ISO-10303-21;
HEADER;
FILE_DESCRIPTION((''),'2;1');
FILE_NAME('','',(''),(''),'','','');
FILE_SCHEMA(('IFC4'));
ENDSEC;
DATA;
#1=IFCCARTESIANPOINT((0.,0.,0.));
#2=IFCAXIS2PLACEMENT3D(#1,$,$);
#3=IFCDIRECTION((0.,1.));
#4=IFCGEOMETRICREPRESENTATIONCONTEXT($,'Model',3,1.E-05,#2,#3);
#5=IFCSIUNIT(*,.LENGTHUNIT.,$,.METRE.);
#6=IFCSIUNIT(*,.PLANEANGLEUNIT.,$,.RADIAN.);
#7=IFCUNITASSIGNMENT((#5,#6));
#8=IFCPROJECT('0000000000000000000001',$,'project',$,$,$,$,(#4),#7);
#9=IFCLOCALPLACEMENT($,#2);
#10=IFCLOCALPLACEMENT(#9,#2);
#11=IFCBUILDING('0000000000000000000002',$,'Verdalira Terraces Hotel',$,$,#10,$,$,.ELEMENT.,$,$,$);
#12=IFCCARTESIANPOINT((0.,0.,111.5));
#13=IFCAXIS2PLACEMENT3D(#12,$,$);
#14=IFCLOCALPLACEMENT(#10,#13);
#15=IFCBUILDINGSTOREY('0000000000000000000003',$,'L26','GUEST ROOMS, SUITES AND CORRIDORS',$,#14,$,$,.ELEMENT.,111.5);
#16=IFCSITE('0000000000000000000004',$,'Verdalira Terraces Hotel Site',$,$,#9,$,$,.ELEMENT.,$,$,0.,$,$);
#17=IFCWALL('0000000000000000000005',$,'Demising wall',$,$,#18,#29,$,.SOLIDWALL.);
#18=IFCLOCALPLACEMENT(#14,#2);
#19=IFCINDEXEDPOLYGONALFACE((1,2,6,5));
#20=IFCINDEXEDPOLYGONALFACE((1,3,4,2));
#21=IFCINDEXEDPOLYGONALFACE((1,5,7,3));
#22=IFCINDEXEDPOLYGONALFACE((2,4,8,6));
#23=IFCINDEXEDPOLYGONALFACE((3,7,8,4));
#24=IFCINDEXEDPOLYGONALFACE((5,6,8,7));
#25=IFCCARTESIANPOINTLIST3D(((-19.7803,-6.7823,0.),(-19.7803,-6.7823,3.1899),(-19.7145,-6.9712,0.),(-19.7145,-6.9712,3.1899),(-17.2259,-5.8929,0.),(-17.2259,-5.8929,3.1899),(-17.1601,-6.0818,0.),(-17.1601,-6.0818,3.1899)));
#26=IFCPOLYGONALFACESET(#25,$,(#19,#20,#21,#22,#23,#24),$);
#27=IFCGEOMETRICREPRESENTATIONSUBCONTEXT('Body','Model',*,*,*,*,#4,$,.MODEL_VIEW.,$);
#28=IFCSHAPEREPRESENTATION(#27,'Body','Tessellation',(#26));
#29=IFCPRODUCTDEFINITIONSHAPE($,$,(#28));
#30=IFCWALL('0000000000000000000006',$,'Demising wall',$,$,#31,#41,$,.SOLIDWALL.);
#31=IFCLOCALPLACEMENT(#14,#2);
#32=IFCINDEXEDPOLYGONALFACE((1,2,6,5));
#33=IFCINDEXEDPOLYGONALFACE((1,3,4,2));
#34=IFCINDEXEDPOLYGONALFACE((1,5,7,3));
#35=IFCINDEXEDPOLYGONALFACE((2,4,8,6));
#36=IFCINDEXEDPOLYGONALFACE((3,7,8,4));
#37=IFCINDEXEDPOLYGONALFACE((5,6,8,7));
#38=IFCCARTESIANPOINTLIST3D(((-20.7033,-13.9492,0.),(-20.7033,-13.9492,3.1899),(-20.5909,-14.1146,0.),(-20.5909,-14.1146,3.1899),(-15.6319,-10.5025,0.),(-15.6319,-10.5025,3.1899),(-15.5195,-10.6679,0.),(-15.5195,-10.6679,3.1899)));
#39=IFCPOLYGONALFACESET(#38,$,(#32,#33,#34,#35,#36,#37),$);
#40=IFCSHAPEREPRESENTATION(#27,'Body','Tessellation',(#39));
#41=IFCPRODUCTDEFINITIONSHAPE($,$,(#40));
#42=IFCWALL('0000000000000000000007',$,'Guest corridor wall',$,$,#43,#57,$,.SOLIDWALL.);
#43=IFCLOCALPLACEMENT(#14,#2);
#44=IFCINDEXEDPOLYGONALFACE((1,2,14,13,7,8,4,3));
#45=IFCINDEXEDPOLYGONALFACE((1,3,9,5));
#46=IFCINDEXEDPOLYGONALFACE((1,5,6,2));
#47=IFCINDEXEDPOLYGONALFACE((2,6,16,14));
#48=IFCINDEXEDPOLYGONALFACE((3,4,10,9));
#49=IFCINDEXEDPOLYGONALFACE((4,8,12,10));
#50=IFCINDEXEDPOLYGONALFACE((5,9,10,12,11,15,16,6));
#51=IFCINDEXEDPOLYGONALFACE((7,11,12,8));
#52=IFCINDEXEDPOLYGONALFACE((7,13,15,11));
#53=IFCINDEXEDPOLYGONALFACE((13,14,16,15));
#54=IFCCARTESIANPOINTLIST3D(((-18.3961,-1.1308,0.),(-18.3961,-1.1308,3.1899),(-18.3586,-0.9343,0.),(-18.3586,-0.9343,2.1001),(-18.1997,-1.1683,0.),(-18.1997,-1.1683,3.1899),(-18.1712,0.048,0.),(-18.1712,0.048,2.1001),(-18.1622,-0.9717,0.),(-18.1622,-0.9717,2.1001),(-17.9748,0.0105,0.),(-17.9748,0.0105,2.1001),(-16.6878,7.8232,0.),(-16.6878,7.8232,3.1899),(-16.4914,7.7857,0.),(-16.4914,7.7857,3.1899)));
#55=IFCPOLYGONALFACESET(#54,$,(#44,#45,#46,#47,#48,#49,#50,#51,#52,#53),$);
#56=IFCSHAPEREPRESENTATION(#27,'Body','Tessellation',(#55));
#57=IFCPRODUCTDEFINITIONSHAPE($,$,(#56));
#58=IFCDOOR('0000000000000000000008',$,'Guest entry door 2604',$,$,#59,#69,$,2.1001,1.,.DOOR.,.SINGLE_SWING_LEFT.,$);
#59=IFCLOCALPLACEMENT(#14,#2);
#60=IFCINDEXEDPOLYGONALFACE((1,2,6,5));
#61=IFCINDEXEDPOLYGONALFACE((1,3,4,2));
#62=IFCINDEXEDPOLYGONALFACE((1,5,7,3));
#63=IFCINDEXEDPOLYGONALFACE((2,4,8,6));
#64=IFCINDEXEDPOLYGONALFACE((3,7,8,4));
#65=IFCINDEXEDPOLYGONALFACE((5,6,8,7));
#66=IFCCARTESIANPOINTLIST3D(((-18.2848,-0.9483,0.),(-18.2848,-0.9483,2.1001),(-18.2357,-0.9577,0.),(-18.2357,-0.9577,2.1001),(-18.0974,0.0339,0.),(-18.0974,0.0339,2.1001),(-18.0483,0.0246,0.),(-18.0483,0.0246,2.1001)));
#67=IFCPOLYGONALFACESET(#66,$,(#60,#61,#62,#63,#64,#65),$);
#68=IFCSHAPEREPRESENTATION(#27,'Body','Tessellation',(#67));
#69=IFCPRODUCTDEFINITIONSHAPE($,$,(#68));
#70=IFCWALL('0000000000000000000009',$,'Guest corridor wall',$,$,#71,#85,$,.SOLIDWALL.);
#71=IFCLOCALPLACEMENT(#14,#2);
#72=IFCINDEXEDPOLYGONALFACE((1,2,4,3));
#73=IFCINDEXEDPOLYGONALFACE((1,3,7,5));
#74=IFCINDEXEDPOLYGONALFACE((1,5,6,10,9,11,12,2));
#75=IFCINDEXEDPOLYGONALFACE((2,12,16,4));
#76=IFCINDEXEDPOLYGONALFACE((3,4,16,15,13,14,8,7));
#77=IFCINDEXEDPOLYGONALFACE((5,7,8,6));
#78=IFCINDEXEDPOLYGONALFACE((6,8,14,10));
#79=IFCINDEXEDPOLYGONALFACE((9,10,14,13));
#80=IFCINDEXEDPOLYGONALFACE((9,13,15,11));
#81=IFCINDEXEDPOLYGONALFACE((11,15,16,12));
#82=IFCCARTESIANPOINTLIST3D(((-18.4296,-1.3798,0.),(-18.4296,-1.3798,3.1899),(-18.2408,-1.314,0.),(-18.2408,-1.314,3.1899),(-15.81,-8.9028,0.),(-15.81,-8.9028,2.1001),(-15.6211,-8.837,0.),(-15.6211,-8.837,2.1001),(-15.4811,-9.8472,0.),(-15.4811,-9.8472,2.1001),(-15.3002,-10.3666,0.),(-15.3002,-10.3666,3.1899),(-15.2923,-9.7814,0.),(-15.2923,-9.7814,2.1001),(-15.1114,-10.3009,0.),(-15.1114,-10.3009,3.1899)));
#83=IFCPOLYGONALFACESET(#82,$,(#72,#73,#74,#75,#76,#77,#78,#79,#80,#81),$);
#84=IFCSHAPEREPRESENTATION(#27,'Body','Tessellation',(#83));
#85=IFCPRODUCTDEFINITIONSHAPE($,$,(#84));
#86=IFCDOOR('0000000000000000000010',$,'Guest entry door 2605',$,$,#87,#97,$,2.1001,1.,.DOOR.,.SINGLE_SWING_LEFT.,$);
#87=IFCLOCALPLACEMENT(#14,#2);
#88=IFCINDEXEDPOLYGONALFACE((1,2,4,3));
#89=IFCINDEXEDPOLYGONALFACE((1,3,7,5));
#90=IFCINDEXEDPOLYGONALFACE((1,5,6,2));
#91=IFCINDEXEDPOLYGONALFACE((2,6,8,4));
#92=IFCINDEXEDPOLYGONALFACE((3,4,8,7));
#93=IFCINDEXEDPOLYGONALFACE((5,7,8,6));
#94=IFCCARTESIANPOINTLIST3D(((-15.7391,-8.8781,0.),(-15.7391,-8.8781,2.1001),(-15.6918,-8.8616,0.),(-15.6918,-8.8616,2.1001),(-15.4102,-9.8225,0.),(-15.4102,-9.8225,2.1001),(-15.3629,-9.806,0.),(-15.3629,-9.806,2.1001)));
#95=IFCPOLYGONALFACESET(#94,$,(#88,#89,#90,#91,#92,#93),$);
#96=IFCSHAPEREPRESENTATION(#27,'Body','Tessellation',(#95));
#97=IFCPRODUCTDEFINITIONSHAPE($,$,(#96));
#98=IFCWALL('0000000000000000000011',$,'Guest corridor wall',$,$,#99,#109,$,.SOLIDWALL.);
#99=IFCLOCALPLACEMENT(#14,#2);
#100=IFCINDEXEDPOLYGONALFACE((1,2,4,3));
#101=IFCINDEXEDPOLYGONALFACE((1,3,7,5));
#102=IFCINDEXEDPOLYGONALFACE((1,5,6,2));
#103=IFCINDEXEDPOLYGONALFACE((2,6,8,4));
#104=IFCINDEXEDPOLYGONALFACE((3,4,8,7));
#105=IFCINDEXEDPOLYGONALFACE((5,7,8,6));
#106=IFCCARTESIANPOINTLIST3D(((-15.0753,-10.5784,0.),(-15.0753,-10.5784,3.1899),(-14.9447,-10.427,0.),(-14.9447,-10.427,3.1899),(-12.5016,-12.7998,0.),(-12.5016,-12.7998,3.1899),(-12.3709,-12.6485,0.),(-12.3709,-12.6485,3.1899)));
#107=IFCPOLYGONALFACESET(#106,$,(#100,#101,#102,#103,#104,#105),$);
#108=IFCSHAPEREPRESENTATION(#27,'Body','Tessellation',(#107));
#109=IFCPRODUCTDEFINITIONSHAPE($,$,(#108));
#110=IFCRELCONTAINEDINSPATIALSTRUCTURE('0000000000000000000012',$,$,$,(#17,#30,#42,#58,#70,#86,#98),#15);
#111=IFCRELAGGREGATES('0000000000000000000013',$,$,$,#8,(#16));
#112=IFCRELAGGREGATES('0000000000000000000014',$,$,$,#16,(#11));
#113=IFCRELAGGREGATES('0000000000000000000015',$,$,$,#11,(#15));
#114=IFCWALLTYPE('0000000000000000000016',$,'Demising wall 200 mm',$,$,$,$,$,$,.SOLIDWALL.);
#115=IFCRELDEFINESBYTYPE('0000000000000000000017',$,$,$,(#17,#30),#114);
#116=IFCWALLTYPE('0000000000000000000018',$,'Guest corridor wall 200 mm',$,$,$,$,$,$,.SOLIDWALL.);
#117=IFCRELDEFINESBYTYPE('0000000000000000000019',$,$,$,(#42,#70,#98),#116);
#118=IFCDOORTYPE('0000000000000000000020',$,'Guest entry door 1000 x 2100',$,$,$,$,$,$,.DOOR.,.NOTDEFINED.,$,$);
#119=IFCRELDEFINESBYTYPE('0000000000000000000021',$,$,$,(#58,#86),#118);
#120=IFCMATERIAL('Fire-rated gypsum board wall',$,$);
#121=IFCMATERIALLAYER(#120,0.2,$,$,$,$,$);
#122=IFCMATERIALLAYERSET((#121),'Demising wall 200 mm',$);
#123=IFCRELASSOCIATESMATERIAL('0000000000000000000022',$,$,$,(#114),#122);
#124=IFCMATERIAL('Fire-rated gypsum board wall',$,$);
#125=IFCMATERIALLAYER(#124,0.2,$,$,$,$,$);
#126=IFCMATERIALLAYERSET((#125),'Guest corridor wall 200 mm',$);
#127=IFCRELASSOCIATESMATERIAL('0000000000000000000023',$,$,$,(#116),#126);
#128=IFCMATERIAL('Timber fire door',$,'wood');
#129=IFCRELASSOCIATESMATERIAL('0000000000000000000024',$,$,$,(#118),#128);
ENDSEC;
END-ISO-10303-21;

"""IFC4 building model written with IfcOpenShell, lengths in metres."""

from ifc_helpers import new_model, si_unit, direction, frame, frame_2d, origin, place, context, subcontext, project, spatial, rectangle, extrude, material, layer, layer_set, type_object, element, fill, save


model = new_model("IFC4")

# Units and contexts
model_context = context("Model", 3, precision=1e-05, world=origin(), true_north=direction((0.0, 1.0)))
body_context = subcontext(model_context, "Body", "Model", "MODEL_VIEW")
ifc_project = project(units=[si_unit("LENGTHUNIT", "METRE"), si_unit("PLANEANGLEUNIT", "RADIAN")], contexts=[model_context])

# Site, building, storey
site_placement = place(None, origin())
site = spatial("IfcSite", under=ifc_project, at=site_placement, Name="Verdalira Terraces Hotel Site", CompositionType="ELEMENT", RefElevation=0.0)
building_placement = place(site_placement, origin())
building = spatial("IfcBuilding", under=site, at=building_placement, Name="Verdalira Terraces Hotel", CompositionType="ELEMENT")
storey_placement = place(building_placement, frame((0.0, 0.0, 111.5)))
storey = spatial("IfcBuildingStorey", under=building, at=storey_placement, Name="L26", Description="GUEST ROOMS, SUITES AND CORRIDORS", CompositionType="ELEMENT", Elevation=111.5)

# Walls
ifc_material_1 = material(Name="Fire-rated gypsum board wall")
ifc_layer_1 = layer(ifc_material_1, 0.2)
ifc_layer_set_1 = layer_set([ifc_layer_1], Name="Demising wall 200 mm")
wall_type_1 = type_object("IfcWallType", Name="Demising wall 200 mm", PredefinedType="SOLIDWALL", material=ifc_layer_set_1)
wall_1_placement = place(storey_placement, frame((-17.1929, -5.9873, 0.0), z_axis=(0.0, 0.0, 1.0), x_axis=(-0.944393, -0.328818, 0.0)))
element("IfcWall", 1, at=wall_1_placement, inside=storey, type_object=wall_type_1, Name="Demising wall", PredefinedType="SOLIDWALL", context=body_context, shape_type="SweptSolid", body=[
    extrude(rectangle(XDim=2.7048, YDim=0.2, at=frame_2d((1.3525, 0.0))), origin(), (0.0, 0.0, 1.0), 3.1899),
])
wall_2_placement = place(storey_placement, frame((-15.5757, -10.5852, 0.0), z_axis=(0.0, 0.0, 1.0), x_axis=(-0.827068, -0.562102, 0.0)))
element("IfcWall", 2, at=wall_2_placement, inside=storey, type_object=wall_type_1, Name="Demising wall", PredefinedType="SOLIDWALL", context=body_context, shape_type="SweptSolid", body=[
    extrude(rectangle(XDim=6.1318, YDim=0.2, at=frame_2d((3.0659, 0.0))), origin(), (0.0, 0.0, 1.0), 3.1899),
])

# Walls, openings, doors
ifc_material_2 = material(Name="Fire-rated gypsum board wall")
ifc_layer_2 = layer(ifc_material_2, 0.2)
ifc_layer_set_2 = layer_set([ifc_layer_2], Name="Guest corridor wall 200 mm")
wall_type_2 = type_object("IfcWallType", Name="Guest corridor wall 200 mm", PredefinedType="SOLIDWALL", material=ifc_layer_set_2)
wall_3_placement = place(storey_placement, frame((-18.2979, -1.1494, 0.0), z_axis=(0.0, 0.0, 1.0), x_axis=(0.187399, 0.982284, 0.0)))
wall_3 = element("IfcWall", 3, at=wall_3_placement, inside=storey, type_object=wall_type_2, Name="Guest corridor wall", PredefinedType="SOLIDWALL", context=body_context, shape_type="SweptSolid", body=[
    extrude(rectangle(XDim=9.1155, YDim=0.2, at=frame_2d((4.5576, 0.0))), origin(), (0.0, 0.0, 1.0), 3.1899),
])
opening_1_placement = place(wall_3_placement, frame((0.2, 0.0, 0.0)))
opening_1 = element("IfcOpeningElement", 4, at=opening_1_placement, cuts=wall_3, PredefinedType="OPENING", context=body_context, shape_type="SweptSolid", body=[
    extrude(rectangle(XDim=1.0, YDim=2.1001, at=frame_2d((0.5, 1.05))), frame((0.0, 0.1099, 0.0), z_axis=(0.0, -1.0, 0.0), x_axis=(1.0, 0.0, 0.0)), (0.0, 0.0, 1.0), 0.22),
])
ifc_material_3 = material(Name="Timber fire door", Category="wood")
door_type_1 = type_object("IfcDoorType", Name="Guest entry door 1000 x 2100", OperationType="NOTDEFINED", PredefinedType="DOOR", material=ifc_material_3)
door_1_placement = place(opening_1_placement, origin())
door_1 = element("IfcDoor", 5, at=door_1_placement, inside=storey, type_object=door_type_1, Name="Guest entry door 2604", OperationType="SINGLE_SWING_LEFT", OverallHeight=2.1001, OverallWidth=1.0, PredefinedType="DOOR", context=body_context, shape_type="SweptSolid", body=[
    extrude(rectangle(XDim=1.0, YDim=2.1001, at=frame_2d((0.5, 1.05))), frame((0.0, 0.0249, 0.0), z_axis=(0.0, -1.0, 0.0), x_axis=(1.0, 0.0, 0.0)), (0.0, 0.0, 1.0), 0.05),
])
fill(opening_1, door_1)
wall_4_placement = place(storey_placement, frame((-15.2058, -10.3337, 0.0), z_axis=(0.0, 0.0, 1.0), x_axis=(-0.328853, 0.944381, 0.0)))
wall_4 = element("IfcWall", 6, at=wall_4_placement, inside=storey, type_object=wall_type_2, Name="Guest corridor wall", PredefinedType="SOLIDWALL", context=body_context, shape_type="SweptSolid", body=[
    extrude(rectangle(XDim=9.5161, YDim=0.2, at=frame_2d((4.7581, 0.0))), origin(), (0.0, 0.0, 1.0), 3.1899),
])
opening_2_placement = place(wall_4_placement, frame((0.55, 0.0, 0.0)))
opening_2 = element("IfcOpeningElement", 7, at=opening_2_placement, cuts=wall_4, PredefinedType="OPENING", context=body_context, shape_type="SweptSolid", body=[
    extrude(rectangle(XDim=1.0, YDim=2.1001, at=frame_2d((0.5, 1.05))), frame((0.0, 0.1099, 0.0), z_axis=(0.0, -1.0, 0.0), x_axis=(1.0, 0.0, 0.0)), (0.0, 0.0, 1.0), 0.22),
])
door_2_placement = place(opening_2_placement, origin())
door_2 = element("IfcDoor", 8, at=door_2_placement, inside=storey, type_object=door_type_1, Name="Guest entry door 2605", OperationType="SINGLE_SWING_LEFT", OverallHeight=2.1001, OverallWidth=1.0, PredefinedType="DOOR", context=body_context, shape_type="SweptSolid", body=[
    extrude(rectangle(XDim=1.0, YDim=2.1001, at=frame_2d((0.5, 1.05))), frame((0.0, 0.0249, 0.0), z_axis=(0.0, -1.0, 0.0), x_axis=(1.0, 0.0, 0.0)), (0.0, 0.0, 1.0), 0.05),
])
fill(opening_2, door_2)

# Wall
wall_5_placement = place(storey_placement, frame((-15.01, -10.5027, 0.0), z_axis=(0.0, 0.0, 1.0), x_axis=(0.757017, -0.653395, 0.0)))
element("IfcWall", 9, at=wall_5_placement, inside=storey, type_object=wall_type_2, Name="Guest corridor wall", PredefinedType="SOLIDWALL", context=body_context, shape_type="SweptSolid", body=[
    extrude(rectangle(XDim=3.3999, YDim=0.2, at=frame_2d((1.7, 0.0))), origin(), (0.0, 0.0, 1.0), 3.1899),
])

save(model, "model.ifc")
